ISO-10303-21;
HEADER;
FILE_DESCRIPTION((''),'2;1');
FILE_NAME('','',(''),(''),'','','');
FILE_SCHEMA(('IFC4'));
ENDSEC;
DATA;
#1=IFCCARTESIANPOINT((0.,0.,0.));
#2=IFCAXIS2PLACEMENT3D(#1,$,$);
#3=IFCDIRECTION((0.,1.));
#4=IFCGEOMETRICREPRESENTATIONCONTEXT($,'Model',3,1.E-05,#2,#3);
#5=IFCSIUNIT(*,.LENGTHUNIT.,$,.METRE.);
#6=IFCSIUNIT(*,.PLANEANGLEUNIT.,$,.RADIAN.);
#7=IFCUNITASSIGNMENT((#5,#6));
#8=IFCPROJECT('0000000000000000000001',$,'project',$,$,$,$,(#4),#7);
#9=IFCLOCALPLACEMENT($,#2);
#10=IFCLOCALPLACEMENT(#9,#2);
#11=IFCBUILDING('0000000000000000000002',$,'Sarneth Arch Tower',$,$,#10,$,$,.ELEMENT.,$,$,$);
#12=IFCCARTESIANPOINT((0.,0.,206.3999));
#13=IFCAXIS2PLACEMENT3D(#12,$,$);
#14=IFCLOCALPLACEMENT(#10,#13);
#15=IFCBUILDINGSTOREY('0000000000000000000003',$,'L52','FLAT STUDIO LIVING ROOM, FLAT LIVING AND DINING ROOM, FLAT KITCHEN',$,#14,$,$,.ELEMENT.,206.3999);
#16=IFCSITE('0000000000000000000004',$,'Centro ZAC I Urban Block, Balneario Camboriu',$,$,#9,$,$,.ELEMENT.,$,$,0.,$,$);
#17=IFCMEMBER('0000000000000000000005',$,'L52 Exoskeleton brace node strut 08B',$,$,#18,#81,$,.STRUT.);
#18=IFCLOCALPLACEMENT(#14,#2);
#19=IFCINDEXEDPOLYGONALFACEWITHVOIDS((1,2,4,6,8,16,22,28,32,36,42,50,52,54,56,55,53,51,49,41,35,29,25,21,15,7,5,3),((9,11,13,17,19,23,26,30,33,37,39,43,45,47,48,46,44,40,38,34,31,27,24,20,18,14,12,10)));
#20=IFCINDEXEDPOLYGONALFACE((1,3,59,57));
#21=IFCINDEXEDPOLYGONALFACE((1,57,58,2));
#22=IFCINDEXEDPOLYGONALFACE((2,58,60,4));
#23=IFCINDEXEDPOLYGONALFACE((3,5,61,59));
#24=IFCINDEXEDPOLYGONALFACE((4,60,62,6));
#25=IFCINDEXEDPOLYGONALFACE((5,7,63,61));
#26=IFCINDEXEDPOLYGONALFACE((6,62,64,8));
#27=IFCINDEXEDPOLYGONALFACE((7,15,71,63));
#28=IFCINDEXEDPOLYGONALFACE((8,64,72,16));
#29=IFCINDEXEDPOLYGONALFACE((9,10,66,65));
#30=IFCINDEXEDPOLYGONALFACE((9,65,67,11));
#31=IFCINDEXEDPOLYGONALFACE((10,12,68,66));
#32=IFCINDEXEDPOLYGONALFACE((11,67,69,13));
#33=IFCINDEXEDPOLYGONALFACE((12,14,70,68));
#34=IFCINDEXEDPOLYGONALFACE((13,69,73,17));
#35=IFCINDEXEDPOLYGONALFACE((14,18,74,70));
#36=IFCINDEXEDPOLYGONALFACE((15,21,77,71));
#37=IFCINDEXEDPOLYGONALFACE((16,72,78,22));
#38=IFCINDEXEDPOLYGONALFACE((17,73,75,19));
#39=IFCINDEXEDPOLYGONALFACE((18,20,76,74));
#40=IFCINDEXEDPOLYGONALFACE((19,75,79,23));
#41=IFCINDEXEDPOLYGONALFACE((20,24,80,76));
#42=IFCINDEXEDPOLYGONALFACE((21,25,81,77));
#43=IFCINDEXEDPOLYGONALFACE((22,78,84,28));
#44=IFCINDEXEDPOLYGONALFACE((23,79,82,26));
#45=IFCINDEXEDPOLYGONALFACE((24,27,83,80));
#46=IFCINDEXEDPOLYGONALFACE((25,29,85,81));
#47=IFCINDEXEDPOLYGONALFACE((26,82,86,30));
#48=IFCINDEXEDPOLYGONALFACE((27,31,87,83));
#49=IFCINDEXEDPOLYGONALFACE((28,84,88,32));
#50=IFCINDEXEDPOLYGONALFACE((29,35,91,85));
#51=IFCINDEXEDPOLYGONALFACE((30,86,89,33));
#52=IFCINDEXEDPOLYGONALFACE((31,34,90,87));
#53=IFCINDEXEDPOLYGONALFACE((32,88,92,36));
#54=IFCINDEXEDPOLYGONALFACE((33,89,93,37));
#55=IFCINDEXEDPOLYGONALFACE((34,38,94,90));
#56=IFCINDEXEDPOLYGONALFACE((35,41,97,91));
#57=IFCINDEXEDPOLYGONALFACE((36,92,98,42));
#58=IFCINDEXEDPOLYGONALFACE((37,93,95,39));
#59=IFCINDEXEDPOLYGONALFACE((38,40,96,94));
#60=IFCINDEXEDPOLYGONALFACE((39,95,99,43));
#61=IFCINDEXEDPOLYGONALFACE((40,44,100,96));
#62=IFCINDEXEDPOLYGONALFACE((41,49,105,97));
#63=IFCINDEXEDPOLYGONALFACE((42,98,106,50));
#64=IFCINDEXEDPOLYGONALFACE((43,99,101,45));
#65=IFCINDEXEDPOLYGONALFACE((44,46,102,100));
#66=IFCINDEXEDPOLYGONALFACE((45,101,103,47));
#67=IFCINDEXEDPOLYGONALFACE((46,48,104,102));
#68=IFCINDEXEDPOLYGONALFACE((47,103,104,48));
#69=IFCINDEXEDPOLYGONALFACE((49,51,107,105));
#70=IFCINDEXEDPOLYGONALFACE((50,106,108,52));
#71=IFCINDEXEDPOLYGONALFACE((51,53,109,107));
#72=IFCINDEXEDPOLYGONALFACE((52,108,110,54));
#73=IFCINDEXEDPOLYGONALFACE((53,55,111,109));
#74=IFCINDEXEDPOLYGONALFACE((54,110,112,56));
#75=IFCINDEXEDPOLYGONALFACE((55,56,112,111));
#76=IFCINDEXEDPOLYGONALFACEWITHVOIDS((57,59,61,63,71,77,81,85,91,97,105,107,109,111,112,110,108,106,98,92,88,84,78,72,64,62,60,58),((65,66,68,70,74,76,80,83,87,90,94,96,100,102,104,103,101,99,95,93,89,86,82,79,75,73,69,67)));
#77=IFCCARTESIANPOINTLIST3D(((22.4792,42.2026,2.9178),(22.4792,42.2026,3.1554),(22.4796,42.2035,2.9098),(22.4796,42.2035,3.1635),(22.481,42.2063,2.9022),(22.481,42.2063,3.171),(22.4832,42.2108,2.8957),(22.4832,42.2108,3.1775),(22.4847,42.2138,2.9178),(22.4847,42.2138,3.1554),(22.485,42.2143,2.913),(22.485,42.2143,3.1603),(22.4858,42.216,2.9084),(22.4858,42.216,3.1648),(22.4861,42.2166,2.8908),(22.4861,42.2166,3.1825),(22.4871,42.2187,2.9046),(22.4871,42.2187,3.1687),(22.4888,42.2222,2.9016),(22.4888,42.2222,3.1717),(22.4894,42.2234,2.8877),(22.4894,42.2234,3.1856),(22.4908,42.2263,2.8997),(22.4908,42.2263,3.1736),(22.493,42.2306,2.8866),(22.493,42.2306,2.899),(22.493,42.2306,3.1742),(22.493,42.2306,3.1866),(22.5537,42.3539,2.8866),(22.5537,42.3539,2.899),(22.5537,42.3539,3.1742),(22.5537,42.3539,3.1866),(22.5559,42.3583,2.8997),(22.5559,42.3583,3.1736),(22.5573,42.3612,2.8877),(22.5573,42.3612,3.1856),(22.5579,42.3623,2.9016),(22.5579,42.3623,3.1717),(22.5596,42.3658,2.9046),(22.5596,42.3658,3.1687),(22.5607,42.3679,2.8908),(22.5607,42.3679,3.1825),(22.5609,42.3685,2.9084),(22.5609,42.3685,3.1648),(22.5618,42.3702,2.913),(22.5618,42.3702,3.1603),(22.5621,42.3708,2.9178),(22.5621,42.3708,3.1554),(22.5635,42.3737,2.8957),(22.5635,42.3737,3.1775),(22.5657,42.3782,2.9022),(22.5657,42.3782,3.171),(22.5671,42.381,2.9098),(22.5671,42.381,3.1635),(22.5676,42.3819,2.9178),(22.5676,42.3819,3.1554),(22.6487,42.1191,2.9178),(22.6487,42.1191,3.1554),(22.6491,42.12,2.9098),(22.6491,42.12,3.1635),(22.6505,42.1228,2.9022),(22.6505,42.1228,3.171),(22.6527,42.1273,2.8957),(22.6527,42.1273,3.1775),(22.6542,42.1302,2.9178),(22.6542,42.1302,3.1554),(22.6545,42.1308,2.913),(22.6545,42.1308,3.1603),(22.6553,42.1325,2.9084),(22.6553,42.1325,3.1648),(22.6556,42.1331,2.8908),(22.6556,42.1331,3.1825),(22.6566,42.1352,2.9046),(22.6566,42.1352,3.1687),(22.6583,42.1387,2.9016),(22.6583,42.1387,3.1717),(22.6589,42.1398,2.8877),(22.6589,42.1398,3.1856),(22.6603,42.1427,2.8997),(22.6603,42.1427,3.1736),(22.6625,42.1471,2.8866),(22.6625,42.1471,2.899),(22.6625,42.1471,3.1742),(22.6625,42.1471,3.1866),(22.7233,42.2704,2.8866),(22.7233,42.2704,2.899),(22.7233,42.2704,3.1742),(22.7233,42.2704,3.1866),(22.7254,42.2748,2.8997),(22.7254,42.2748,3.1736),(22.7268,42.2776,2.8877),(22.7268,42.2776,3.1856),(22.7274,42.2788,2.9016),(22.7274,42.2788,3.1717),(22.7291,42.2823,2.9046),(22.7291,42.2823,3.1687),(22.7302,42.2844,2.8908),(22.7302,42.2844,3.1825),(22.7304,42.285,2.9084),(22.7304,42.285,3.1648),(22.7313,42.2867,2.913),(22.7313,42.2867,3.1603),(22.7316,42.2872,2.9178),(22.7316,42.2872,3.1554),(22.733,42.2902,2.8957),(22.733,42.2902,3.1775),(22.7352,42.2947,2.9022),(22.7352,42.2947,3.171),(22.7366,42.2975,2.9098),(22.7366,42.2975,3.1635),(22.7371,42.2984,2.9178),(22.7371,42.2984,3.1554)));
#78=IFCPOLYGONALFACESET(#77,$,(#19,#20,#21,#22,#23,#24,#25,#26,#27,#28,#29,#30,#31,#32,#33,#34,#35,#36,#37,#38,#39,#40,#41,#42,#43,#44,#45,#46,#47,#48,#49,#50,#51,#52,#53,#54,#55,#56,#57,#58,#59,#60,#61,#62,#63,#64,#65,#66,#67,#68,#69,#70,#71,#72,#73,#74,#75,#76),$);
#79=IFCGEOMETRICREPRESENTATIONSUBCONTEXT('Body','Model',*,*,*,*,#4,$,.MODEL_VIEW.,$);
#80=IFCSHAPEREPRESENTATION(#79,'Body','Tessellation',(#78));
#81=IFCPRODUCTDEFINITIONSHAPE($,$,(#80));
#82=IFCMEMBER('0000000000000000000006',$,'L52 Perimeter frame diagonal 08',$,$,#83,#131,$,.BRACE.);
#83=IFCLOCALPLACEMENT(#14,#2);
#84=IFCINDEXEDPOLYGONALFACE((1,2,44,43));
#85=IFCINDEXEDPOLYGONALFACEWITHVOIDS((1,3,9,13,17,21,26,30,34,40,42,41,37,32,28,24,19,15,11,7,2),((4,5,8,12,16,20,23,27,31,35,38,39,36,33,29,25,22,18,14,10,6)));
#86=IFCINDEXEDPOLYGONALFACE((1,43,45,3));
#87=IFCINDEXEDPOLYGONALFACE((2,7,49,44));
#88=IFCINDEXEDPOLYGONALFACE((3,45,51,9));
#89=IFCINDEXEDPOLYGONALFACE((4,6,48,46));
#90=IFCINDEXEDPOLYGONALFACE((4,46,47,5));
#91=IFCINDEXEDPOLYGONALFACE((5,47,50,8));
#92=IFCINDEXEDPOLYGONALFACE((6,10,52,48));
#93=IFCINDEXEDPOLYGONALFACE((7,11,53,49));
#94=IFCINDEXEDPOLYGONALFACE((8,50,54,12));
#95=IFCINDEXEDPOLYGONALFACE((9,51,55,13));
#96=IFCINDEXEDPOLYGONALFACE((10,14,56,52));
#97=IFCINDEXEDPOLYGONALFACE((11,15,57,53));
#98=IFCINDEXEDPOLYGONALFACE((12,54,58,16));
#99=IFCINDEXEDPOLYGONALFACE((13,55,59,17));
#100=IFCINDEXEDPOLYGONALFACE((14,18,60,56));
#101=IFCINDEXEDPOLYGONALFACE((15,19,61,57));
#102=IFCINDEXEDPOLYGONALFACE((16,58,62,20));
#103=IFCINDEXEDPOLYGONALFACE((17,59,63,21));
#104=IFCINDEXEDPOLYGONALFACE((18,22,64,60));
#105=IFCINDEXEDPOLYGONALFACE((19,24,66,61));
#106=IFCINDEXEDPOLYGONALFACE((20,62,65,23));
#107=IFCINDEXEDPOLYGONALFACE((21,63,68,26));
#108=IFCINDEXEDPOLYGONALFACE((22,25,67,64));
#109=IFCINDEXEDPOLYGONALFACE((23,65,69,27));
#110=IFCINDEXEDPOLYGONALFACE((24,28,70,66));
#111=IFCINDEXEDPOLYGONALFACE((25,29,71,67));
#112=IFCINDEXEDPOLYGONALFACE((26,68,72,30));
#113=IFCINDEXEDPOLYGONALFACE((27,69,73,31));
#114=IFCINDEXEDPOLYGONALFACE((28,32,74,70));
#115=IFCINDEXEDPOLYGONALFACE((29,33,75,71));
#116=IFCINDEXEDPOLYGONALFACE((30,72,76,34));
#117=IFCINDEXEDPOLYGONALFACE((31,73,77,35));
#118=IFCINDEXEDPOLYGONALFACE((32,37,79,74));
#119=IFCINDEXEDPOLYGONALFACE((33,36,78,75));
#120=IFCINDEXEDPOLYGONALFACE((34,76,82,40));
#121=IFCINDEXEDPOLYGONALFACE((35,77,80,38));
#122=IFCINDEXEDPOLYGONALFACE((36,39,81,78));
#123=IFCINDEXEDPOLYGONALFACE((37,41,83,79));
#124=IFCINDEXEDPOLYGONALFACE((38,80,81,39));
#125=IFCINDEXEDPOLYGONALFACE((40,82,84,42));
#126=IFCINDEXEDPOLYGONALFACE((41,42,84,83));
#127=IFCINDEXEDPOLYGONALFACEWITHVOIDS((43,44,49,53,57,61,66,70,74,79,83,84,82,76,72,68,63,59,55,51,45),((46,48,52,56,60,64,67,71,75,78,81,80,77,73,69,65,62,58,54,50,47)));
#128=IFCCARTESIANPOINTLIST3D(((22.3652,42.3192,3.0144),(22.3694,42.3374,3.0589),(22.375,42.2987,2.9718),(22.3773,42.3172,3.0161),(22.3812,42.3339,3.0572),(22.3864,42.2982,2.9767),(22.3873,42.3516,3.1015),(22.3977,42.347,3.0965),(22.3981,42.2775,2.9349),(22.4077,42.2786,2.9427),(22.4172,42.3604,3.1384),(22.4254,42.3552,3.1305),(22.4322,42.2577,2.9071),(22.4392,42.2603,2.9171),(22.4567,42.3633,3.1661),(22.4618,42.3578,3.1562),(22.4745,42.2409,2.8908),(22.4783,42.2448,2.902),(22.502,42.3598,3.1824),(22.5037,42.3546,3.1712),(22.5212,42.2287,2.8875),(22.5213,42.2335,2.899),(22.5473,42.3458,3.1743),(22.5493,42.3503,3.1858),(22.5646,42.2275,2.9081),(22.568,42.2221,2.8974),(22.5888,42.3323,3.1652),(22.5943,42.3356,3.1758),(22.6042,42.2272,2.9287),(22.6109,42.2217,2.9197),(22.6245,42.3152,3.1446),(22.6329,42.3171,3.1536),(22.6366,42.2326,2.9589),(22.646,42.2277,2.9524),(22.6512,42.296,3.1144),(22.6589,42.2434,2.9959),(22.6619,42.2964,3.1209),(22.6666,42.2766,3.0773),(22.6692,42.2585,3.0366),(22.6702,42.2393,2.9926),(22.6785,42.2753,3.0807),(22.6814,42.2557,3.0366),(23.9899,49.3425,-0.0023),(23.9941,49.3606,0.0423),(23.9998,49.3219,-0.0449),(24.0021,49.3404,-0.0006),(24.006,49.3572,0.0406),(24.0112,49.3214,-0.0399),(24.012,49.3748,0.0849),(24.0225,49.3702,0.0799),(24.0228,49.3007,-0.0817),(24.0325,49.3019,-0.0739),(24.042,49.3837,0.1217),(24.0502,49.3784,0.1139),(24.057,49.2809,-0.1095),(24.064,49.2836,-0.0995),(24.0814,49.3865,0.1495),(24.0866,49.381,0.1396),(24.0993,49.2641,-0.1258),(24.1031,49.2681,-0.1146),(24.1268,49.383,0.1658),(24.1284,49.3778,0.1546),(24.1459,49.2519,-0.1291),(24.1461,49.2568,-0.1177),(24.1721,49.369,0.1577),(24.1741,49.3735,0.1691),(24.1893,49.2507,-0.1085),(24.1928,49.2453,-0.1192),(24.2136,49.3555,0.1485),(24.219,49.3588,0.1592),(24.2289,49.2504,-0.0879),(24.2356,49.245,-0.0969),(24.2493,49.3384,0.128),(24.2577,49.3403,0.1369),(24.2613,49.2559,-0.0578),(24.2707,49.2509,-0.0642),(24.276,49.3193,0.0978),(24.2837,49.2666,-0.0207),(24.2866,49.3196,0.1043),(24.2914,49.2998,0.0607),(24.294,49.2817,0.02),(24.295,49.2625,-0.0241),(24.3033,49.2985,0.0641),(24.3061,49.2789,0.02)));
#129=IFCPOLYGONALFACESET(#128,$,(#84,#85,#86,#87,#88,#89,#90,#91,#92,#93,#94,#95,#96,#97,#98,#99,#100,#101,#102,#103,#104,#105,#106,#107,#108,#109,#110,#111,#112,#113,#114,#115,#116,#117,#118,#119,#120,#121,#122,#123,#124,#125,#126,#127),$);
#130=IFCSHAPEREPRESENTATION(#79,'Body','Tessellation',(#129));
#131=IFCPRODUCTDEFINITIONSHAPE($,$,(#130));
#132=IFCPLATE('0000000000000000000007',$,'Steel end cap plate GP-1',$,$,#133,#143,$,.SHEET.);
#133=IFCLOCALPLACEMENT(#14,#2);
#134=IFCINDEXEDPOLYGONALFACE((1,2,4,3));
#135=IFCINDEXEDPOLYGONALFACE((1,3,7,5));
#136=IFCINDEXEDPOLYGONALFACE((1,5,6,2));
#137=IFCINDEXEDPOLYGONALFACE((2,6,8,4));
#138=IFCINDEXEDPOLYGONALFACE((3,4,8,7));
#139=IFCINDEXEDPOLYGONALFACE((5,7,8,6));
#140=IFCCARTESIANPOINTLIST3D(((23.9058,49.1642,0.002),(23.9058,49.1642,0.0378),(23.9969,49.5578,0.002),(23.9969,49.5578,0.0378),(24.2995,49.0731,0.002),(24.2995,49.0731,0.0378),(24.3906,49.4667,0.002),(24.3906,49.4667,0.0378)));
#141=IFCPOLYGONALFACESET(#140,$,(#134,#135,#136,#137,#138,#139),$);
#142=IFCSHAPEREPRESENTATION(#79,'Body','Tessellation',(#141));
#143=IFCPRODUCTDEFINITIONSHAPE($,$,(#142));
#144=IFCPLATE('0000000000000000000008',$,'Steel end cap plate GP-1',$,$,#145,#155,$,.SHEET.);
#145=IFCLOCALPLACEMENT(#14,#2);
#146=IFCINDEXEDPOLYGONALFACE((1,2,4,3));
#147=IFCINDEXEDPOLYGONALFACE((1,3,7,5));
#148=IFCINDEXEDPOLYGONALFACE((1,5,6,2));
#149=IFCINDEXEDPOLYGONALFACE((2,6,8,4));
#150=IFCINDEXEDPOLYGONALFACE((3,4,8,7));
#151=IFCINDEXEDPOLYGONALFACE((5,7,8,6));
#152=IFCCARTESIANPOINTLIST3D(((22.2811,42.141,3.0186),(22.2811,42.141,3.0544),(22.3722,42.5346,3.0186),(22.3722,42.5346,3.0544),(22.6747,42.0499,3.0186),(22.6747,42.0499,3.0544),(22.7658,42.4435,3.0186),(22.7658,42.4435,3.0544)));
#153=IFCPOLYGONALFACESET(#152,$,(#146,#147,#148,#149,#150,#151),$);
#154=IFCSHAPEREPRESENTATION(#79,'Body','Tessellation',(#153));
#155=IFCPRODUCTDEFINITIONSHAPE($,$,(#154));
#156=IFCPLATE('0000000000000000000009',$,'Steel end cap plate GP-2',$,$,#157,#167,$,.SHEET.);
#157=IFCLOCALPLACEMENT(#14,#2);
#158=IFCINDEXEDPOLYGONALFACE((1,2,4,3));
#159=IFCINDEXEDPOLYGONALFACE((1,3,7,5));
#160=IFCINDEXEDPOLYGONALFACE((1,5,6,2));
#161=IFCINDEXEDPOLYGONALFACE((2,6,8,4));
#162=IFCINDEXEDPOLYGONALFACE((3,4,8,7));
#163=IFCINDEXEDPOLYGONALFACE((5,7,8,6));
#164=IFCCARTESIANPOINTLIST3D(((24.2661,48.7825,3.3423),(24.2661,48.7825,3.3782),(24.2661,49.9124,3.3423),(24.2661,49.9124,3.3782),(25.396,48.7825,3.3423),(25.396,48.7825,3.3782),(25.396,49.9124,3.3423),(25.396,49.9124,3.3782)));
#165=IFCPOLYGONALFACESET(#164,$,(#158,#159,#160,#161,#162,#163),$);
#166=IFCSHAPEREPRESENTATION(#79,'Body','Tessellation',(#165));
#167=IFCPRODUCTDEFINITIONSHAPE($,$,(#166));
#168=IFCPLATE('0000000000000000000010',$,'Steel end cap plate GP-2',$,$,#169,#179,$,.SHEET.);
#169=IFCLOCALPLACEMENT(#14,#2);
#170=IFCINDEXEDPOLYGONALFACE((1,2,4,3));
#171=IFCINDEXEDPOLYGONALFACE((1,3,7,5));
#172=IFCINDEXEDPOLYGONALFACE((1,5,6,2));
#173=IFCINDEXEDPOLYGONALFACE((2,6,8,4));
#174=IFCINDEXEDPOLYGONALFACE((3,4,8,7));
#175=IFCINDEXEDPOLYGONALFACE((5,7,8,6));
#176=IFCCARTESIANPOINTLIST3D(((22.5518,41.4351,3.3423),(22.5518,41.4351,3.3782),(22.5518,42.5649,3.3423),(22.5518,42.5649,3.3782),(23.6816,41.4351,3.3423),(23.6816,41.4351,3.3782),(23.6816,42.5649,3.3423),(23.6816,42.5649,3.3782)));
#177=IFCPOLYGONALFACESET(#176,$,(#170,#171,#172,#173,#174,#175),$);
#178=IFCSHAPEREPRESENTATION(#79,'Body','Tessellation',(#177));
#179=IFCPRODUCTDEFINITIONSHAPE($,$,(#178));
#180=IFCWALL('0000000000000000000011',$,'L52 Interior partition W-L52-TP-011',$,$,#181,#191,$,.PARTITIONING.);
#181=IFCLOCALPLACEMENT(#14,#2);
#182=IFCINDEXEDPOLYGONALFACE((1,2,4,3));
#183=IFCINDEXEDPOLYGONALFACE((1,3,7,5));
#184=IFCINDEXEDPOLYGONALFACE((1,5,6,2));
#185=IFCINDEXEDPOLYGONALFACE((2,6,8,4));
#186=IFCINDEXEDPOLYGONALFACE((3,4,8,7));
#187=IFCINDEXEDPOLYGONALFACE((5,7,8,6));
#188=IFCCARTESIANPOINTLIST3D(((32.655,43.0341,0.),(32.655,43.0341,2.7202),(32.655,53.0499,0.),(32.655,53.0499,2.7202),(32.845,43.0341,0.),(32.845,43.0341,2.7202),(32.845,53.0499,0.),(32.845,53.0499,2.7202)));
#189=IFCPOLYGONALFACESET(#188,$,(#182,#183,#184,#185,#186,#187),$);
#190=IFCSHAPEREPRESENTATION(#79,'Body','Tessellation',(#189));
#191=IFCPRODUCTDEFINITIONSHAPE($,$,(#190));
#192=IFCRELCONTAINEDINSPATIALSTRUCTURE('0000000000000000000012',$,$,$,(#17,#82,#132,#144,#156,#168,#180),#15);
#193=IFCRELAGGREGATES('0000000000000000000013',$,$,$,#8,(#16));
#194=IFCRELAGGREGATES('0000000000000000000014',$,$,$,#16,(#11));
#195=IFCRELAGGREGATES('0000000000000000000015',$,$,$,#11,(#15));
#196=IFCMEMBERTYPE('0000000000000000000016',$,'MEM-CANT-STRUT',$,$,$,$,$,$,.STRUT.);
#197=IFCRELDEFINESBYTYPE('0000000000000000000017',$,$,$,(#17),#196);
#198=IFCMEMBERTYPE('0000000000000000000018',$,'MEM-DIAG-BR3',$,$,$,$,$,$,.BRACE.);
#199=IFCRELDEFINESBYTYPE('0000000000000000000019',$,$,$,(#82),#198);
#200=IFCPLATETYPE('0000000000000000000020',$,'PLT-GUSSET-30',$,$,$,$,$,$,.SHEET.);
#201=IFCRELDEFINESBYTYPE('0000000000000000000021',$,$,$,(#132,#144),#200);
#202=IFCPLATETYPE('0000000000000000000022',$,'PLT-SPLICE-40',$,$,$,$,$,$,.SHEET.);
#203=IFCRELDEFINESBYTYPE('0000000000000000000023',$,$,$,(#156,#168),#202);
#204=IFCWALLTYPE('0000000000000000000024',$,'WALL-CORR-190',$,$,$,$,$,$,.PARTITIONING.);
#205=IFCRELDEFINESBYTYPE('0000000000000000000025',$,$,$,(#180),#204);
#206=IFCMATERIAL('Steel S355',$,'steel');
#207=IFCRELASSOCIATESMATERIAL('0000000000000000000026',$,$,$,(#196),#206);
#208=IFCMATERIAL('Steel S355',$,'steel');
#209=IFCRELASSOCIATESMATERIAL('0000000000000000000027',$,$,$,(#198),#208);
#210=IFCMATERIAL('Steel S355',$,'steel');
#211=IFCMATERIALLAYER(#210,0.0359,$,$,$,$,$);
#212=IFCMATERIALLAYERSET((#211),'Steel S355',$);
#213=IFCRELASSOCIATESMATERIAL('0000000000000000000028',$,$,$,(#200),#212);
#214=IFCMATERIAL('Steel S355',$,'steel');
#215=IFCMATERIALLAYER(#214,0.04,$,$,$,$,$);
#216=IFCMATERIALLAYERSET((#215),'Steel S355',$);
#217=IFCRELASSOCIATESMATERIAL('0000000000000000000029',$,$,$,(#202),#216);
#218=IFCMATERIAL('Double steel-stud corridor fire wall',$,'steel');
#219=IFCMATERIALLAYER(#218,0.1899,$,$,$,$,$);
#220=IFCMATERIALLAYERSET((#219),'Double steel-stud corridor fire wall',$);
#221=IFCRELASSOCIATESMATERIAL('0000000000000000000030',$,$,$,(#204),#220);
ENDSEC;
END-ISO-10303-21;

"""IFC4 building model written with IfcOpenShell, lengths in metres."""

from ifc_helpers import new_model, si_unit, direction, frame, frame_2d, origin, origin_2d, place, context, subcontext, project, spatial, rectangle, hollow_rectangle, hollow_circle, extrude, material, layer, layer_set, material_profile, profile_set, type_object, element, save


model = new_model("IFC4")

# Units and contexts
model_context = context("Model", 3, precision=1e-05, world=origin(), true_north=direction((0.0, 1.0)))
body_context = subcontext(model_context, "Body", "Model", "MODEL_VIEW")
ifc_project = project(units=[si_unit("LENGTHUNIT", "METRE"), si_unit("PLANEANGLEUNIT", "RADIAN")], contexts=[model_context])

# Site, building, storey
site_placement = place(None, origin())
site = spatial("IfcSite", under=ifc_project, at=site_placement, Name="Centro ZAC I Urban Block, Balneario Camboriu", CompositionType="ELEMENT", RefElevation=0.0)
building_placement = place(site_placement, origin())
building = spatial("IfcBuilding", under=site, at=building_placement, Name="Sarneth Arch Tower", CompositionType="ELEMENT")
storey_placement = place(building_placement, frame((0.0, 0.0, 206.3999)))
storey = spatial("IfcBuildingStorey", under=building, at=storey_placement, Name="L52", Description="FLAT STUDIO LIVING ROOM, FLAT LIVING AND DINING ROOM, FLAT KITCHEN", CompositionType="ELEMENT", Elevation=206.3999)

# Members
ifc_material_1 = material(Name="Steel S355", Category="steel")
ifc_material_profile_1 = material_profile(ifc_material_1, hollow_rectangle(XDim=0.2, YDim=0.3, WallThickness=0.0125, InnerFilletRadius=0.0188, OuterFilletRadius=0.0312, at=origin_2d()), Name="RHS300x200x12.5")
ifc_profile_set_1 = profile_set([ifc_material_profile_1], Name="Steel S355")
member_type_1 = type_object("IfcMemberType", Name="MEM-CANT-STRUT", PredefinedType="STRUT", material=ifc_profile_set_1)
member_1_placement = place(storey_placement, frame((22.6929, 42.2087, 3.0366), z_axis=(-0.896997, 0.442036, 0.0), x_axis=(-0.442036, -0.896997, 0.0)))
element("IfcMember", 1, at=member_1_placement, inside=storey, type_object=member_type_1, Name="L52 Exoskeleton brace node strut 08B", PredefinedType="STRUT", context=body_context, shape_type="SweptSolid", body=[
    extrude(hollow_rectangle(XDim=0.2, YDim=0.3, WallThickness=0.0125, InnerFilletRadius=0.0188, OuterFilletRadius=0.0312, at=origin_2d()), origin(), (0.0, 0.0, 1.0), 0.189),
])
ifc_material_2 = material(Name="Steel S355", Category="steel")
ifc_material_profile_2 = material_profile(ifc_material_2, hollow_circle(Radius=0.1621, WallThickness=0.0125, at=origin_2d()), Name="CHS324x12.5")
ifc_profile_set_2 = profile_set([ifc_material_profile_2], Name="Steel S355")
member_type_2 = type_object("IfcMemberType", Name="MEM-DIAG-BR3", PredefinedType="BRACE", material=ifc_profile_set_2)
member_2_placement = place(storey_placement, frame((24.1482, 49.3154, 0.02), z_axis=(-0.207918, -0.898749, 0.386031), x_axis=(0.974269, -0.225389, 0.0)))
element("IfcMember", 2, at=member_2_placement, inside=storey, type_object=member_type_2, Name="L52 Perimeter frame diagonal 08", PredefinedType="BRACE", context=body_context, shape_type="SweptSolid", body=[
    extrude(hollow_circle(Radius=0.1621, WallThickness=0.0125, at=origin_2d()), origin(), (0.0, 0.0, 1.0), 7.8145),
])

# Plates
ifc_material_3 = material(Name="Steel S355", Category="steel")
ifc_layer_1 = layer(ifc_material_3, 0.0359)
ifc_layer_set_1 = layer_set([ifc_layer_1], Name="Steel S355")
plate_type_1 = type_object("IfcPlateType", Name="PLT-GUSSET-30", PredefinedType="SHEET", material=ifc_layer_set_1)
for number, where, z_axis, x_axis, name in (
    (3, (24.1482, 49.3154, 0.002), (0.0, 0.0, 1.0), (-0.225461, -0.974252, 0.0), "Steel end cap plate GP-1"),
    (4, (22.5234, 42.2922, 3.0186), (0.0, 0.0, 1.0), (-0.225461, -0.974252, 0.0), "Steel end cap plate GP-1"),
):
    element("IfcPlate", number, at=place(storey_placement, frame(where, z_axis=z_axis, x_axis=x_axis)), inside=storey, type_object=plate_type_1, Name=name, PredefinedType="SHEET", context=body_context, shape_type="SweptSolid", body=[
        extrude(rectangle(XDim=0.4041, YDim=0.4041, at=origin_2d()), origin(), (0.0, 0.0, 1.0), 0.0359),
    ])
ifc_material_4 = material(Name="Steel S355", Category="steel")
ifc_layer_2 = layer(ifc_material_4, 0.04)
ifc_layer_set_2 = layer_set([ifc_layer_2], Name="Steel S355")
plate_type_2 = type_object("IfcPlateType", Name="PLT-SPLICE-40", PredefinedType="SHEET", material=ifc_layer_set_2)
for number, where, z_axis, x_axis, name in (
    (5, (24.8311, 49.3474, 3.3423), (0.0, 0.0, 1.0), (1.0, 0.0, 0.0), "Steel end cap plate GP-2"),
    (6, (23.1167, 42.0, 3.3423), (0.0, 0.0, 1.0), (1.0, 0.0, 0.0), "Steel end cap plate GP-2"),
):
    element("IfcPlate", number, at=place(storey_placement, frame(where, z_axis=z_axis, x_axis=x_axis)), inside=storey, type_object=plate_type_2, Name=name, PredefinedType="SHEET", context=body_context, shape_type="SweptSolid", body=[
        extrude(rectangle(XDim=1.1299, YDim=1.1299, at=origin_2d()), origin(), (0.0, 0.0, 1.0), 0.0359),
    ])

# Wall
ifc_material_5 = material(Name="Double steel-stud corridor fire wall", Category="steel")
ifc_layer_3 = layer(ifc_material_5, 0.1899)
ifc_layer_set_3 = layer_set([ifc_layer_3], Name="Double steel-stud corridor fire wall")
wall_type_1 = type_object("IfcWallType", Name="WALL-CORR-190", PredefinedType="PARTITIONING", material=ifc_layer_set_3)
wall_1_placement = place(storey_placement, frame((32.75, 43.0342, 0.0), z_axis=(0.0, 0.0, 1.0), x_axis=(0.0, 1.0, 0.0)))
element("IfcWall", 7, at=wall_1_placement, inside=storey, type_object=wall_type_1, Name="L52 Interior partition W-L52-TP-011", PredefinedType="PARTITIONING", context=body_context, shape_type="SweptSolid", body=[
    extrude(rectangle(XDim=10.0159, YDim=0.1899, at=frame_2d((5.0078, 0.0))), origin(), (0.0, 0.0, 1.0), 2.7202),
])

save(model, "model.ifc")
